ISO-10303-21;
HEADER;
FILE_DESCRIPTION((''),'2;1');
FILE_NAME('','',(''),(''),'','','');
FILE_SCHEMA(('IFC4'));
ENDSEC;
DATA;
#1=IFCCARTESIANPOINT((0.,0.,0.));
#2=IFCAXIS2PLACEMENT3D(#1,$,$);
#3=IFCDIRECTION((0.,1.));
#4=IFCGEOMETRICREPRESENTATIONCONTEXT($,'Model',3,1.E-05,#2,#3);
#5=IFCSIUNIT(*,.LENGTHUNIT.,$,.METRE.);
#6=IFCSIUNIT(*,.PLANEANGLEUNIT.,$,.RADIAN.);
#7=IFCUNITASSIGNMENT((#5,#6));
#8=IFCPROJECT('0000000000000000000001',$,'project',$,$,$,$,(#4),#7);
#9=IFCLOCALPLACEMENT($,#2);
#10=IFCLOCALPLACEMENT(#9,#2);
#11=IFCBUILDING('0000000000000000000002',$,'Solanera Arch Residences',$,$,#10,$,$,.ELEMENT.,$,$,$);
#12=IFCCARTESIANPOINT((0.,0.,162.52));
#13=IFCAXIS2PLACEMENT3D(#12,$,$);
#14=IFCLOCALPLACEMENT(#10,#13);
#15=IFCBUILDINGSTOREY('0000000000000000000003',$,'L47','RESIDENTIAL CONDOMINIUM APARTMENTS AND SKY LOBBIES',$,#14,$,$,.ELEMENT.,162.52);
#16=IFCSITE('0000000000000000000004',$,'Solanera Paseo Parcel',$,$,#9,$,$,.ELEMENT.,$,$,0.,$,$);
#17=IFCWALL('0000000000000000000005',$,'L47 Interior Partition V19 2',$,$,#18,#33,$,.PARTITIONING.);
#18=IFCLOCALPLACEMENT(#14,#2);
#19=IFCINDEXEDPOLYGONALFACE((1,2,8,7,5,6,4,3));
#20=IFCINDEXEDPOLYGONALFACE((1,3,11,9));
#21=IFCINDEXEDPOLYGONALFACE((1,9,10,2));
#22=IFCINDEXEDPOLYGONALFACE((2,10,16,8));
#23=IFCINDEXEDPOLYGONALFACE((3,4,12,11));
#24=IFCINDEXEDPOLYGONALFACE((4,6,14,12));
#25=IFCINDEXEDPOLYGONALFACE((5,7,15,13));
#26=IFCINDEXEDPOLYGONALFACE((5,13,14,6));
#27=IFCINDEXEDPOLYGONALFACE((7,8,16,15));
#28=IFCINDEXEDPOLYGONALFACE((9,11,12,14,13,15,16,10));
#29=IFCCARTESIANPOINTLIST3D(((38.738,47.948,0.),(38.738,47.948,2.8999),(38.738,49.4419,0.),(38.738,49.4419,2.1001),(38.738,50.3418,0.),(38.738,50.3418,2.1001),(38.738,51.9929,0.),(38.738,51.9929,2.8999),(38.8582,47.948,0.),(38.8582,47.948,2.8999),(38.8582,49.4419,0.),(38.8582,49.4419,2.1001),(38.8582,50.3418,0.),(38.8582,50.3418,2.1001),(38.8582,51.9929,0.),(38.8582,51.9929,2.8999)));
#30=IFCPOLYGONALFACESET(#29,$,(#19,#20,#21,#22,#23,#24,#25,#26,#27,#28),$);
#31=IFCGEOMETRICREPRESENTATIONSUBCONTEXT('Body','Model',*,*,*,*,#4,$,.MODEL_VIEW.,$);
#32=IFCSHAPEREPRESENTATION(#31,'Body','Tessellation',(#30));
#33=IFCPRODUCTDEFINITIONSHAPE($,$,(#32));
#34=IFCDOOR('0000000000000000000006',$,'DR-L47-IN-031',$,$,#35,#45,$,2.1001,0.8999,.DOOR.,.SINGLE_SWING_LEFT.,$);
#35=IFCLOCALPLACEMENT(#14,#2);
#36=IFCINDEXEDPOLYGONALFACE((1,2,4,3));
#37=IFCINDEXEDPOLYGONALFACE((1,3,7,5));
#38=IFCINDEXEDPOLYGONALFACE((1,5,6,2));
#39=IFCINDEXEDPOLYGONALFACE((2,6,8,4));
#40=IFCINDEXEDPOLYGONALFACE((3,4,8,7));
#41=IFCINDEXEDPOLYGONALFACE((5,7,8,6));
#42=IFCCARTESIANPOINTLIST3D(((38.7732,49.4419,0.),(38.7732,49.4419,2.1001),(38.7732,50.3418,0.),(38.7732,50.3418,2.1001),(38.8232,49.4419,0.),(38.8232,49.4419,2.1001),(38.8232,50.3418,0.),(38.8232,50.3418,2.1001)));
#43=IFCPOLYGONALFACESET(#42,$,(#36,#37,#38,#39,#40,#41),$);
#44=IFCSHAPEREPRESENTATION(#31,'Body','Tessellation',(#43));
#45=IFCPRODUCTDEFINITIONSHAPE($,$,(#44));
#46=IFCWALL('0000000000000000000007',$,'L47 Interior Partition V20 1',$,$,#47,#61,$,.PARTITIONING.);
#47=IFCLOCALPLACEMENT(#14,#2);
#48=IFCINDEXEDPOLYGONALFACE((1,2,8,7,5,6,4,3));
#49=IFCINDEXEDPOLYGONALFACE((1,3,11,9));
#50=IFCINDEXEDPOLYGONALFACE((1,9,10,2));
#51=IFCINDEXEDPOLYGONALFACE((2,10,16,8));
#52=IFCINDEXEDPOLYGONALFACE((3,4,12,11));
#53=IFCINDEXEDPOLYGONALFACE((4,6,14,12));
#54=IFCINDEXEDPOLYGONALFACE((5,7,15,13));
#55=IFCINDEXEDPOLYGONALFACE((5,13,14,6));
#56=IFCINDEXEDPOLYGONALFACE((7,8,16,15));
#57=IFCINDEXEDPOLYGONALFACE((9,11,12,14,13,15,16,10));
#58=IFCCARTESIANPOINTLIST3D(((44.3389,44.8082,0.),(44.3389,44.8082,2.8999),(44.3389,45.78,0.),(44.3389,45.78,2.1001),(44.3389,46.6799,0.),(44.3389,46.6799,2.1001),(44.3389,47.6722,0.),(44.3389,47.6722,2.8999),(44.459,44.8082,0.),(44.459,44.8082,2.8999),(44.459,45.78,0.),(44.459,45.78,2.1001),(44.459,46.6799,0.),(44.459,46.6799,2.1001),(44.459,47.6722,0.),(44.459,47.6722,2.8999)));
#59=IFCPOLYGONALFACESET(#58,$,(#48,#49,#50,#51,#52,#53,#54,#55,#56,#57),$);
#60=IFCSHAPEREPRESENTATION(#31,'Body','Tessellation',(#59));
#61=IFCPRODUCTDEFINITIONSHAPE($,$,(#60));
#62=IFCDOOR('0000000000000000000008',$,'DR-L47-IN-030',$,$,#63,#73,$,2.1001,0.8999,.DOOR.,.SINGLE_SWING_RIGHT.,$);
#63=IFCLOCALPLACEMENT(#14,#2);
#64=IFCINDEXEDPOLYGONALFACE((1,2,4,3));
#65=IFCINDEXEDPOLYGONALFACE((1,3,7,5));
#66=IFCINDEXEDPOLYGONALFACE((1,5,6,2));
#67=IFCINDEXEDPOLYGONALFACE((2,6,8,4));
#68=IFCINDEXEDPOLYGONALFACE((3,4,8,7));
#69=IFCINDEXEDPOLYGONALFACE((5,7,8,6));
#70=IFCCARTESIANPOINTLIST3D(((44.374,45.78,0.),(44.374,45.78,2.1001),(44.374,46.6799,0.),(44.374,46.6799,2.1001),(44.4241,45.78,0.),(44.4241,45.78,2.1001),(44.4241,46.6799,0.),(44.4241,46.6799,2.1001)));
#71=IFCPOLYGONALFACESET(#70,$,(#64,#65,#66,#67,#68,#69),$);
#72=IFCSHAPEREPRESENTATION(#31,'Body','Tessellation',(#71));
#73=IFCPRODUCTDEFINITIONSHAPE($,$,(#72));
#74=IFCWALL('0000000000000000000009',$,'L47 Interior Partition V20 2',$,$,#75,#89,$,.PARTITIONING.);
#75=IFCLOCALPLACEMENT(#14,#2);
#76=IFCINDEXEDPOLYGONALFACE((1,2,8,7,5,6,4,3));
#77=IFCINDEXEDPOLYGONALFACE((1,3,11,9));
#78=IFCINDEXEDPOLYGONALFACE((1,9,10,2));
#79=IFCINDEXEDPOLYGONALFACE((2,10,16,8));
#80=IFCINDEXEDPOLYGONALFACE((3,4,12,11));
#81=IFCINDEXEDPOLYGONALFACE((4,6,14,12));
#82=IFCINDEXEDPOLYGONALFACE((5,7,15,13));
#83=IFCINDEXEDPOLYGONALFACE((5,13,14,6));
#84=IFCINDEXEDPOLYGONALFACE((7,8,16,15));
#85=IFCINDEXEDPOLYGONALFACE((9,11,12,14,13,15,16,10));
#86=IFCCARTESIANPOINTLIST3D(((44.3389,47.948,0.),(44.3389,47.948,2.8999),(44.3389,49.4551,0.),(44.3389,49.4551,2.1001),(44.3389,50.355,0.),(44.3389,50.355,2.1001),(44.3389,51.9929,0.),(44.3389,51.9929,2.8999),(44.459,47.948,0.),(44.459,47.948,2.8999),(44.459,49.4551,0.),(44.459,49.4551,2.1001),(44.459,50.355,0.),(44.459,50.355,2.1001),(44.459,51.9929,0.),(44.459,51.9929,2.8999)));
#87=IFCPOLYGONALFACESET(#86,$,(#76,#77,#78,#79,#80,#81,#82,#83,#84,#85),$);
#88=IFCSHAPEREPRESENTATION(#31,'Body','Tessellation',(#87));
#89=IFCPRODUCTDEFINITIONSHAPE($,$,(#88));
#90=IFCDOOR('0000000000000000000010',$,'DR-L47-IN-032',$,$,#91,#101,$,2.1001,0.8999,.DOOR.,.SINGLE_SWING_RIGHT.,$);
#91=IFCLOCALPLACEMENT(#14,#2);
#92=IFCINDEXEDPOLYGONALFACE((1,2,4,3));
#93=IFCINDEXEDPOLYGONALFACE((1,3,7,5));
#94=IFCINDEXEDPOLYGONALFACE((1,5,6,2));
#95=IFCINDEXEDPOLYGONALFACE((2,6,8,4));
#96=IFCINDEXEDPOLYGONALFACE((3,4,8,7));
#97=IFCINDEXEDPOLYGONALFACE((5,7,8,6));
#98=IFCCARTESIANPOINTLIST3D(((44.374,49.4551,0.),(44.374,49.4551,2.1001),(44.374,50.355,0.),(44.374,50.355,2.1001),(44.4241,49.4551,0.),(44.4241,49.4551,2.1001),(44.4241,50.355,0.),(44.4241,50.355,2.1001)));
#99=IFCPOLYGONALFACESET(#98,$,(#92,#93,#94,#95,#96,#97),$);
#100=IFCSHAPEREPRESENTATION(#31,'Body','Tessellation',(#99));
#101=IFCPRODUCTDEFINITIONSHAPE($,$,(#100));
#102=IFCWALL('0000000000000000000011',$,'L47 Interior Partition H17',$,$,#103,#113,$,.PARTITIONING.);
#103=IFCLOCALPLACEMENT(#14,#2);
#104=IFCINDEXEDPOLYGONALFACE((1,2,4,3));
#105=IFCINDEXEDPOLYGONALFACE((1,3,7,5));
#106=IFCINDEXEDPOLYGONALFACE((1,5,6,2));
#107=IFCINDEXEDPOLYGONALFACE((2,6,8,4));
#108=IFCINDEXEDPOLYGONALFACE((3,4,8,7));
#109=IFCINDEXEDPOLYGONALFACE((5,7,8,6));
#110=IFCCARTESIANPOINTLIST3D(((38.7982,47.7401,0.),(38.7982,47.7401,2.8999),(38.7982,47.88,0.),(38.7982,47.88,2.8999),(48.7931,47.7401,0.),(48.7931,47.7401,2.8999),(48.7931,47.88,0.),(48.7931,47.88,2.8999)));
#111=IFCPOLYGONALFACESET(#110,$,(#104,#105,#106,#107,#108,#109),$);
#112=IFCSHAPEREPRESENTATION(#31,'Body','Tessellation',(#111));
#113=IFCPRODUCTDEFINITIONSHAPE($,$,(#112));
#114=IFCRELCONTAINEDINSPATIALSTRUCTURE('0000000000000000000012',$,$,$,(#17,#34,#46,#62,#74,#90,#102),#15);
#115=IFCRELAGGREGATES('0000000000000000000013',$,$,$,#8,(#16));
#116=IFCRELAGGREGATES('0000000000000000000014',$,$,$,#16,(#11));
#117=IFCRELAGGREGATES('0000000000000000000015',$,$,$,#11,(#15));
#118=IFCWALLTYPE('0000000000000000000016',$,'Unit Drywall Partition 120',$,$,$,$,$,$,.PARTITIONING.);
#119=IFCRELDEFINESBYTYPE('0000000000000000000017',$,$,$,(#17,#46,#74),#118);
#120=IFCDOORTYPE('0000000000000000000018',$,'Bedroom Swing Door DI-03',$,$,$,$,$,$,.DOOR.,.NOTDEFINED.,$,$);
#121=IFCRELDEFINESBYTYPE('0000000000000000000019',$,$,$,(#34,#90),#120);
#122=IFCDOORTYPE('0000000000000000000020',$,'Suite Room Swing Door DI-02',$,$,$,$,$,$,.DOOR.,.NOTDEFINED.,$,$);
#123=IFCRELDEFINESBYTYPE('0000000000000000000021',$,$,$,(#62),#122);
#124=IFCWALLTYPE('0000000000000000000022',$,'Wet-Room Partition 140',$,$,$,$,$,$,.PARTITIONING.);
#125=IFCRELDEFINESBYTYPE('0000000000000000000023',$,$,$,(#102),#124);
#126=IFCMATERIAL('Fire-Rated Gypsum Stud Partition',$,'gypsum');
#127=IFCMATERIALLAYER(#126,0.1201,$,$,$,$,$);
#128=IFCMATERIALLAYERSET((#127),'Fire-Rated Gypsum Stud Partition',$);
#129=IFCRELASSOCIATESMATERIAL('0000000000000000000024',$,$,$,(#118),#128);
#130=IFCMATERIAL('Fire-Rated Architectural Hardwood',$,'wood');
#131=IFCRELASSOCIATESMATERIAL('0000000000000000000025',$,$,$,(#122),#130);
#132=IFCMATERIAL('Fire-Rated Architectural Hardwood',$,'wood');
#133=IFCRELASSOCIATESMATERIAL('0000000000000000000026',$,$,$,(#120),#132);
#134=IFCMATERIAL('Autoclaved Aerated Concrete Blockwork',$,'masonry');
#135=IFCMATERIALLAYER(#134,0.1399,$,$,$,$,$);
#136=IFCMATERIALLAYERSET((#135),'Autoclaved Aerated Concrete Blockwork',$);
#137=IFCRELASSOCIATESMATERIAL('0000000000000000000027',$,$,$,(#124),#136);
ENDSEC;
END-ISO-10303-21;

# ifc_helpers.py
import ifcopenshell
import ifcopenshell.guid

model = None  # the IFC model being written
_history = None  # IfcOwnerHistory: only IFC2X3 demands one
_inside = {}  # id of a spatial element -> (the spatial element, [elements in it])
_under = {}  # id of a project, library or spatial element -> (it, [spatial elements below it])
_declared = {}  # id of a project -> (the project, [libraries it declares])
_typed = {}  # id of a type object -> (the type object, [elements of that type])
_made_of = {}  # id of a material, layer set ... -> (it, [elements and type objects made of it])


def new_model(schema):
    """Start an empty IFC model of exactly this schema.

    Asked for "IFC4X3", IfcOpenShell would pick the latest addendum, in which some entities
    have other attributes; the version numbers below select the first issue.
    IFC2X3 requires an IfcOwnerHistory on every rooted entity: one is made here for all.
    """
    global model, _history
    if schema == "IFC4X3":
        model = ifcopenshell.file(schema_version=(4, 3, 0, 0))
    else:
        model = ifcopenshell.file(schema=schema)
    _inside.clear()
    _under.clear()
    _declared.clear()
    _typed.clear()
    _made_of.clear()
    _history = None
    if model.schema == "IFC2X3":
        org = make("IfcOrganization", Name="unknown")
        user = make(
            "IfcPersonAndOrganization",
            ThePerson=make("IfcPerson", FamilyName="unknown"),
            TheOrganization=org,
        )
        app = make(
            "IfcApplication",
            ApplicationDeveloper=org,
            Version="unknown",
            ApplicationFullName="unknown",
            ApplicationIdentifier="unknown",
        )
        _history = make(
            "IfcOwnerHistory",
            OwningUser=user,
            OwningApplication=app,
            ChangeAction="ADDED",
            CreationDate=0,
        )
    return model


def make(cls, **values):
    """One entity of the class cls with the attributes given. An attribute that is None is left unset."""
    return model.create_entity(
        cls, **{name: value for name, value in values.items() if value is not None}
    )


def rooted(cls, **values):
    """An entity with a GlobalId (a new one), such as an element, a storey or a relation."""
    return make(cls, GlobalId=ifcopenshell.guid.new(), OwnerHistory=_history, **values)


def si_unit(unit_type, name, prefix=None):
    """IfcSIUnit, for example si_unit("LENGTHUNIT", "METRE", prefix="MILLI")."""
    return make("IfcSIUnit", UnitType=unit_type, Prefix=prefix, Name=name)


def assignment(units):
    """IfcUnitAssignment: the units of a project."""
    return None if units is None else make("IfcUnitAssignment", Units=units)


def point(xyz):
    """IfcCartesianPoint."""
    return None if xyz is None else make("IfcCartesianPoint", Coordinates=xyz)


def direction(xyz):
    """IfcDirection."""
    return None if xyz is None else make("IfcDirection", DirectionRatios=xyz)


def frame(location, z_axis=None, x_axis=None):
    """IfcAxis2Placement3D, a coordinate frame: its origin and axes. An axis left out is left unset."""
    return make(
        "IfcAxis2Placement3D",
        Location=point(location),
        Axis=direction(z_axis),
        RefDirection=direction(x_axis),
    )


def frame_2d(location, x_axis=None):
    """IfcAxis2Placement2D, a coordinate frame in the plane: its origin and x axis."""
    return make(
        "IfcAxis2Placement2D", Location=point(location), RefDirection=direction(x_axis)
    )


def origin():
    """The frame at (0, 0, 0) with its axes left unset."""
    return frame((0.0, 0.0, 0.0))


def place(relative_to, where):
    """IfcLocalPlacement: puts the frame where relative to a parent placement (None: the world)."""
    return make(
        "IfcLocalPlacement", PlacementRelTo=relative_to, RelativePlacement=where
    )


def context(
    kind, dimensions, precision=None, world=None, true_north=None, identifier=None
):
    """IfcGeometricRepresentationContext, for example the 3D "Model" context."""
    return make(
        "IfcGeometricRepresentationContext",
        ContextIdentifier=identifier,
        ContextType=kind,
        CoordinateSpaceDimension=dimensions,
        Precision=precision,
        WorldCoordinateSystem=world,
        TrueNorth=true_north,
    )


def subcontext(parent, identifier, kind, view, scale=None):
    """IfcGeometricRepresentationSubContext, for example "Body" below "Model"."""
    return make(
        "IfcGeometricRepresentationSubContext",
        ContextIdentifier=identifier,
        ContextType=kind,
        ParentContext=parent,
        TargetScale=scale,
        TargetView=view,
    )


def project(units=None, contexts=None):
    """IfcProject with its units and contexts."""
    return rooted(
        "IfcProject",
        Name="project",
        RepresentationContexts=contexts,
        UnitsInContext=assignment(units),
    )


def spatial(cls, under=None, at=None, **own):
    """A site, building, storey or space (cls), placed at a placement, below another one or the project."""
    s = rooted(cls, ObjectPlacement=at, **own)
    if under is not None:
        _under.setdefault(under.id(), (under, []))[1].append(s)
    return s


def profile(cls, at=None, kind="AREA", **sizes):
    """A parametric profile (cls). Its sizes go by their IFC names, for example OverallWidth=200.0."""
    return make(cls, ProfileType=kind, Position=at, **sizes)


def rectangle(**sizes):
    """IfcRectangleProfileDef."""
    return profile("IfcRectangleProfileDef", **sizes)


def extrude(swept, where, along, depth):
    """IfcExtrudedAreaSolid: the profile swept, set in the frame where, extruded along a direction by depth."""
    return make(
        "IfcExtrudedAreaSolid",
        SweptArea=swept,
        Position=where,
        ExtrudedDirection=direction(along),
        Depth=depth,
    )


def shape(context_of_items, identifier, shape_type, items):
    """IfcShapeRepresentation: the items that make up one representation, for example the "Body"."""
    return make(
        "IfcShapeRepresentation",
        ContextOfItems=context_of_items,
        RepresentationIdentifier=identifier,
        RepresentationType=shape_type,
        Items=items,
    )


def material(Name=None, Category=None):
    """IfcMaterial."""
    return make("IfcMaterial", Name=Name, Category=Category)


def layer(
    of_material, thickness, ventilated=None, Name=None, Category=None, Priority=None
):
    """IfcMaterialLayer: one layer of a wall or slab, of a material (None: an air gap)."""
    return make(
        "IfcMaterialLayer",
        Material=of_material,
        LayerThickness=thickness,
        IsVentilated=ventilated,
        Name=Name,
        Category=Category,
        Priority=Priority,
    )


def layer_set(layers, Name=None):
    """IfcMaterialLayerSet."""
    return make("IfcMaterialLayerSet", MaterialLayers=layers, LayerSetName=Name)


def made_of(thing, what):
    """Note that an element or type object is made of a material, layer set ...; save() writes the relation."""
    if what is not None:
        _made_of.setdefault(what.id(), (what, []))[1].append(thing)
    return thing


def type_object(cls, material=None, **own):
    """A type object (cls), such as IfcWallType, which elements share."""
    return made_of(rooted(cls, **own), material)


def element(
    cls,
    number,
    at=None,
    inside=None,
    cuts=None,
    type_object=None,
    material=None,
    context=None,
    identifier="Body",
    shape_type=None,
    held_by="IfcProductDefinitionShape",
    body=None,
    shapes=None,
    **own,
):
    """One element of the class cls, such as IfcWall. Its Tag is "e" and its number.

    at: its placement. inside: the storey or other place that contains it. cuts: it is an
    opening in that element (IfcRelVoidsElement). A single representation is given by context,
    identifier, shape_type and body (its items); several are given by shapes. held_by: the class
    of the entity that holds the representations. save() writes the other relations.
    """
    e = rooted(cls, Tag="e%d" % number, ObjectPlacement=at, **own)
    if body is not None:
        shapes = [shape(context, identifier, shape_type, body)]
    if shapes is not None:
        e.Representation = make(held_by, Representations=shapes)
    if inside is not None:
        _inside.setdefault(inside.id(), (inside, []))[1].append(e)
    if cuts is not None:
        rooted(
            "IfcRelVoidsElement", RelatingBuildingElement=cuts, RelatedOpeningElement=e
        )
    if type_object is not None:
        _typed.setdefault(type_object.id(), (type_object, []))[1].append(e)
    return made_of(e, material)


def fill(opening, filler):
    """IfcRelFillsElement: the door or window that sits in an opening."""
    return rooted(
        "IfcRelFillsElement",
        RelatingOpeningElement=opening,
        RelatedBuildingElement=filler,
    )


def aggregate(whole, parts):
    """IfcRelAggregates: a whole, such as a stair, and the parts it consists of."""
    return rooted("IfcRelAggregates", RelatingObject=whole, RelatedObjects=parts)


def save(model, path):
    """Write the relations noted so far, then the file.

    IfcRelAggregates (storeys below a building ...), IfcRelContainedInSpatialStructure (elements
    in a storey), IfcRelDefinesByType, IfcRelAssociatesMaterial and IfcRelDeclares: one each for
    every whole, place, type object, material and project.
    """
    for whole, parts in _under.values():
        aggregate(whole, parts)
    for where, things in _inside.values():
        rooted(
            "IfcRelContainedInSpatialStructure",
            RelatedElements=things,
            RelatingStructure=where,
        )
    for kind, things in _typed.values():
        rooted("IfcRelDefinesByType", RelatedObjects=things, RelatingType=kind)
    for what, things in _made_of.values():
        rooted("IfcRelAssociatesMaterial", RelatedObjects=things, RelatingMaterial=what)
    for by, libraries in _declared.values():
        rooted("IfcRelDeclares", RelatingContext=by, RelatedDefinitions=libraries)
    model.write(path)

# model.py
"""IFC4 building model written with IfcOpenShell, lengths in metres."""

from ifc_helpers import new_model, si_unit, direction, frame, frame_2d, origin, place, context, subcontext, project, spatial, rectangle, extrude, material, layer, layer_set, type_object, element, fill, save


model = new_model("IFC4")

# Units and contexts
model_context = context("Model", 3, precision=1e-05, world=origin(), true_north=direction((0.0, 1.0)))
body_context = subcontext(model_context, "Body", "Model", "MODEL_VIEW")
ifc_project = project(units=[si_unit("LENGTHUNIT", "METRE"), si_unit("PLANEANGLEUNIT", "RADIAN")], contexts=[model_context])

# Site, building, storey
site_placement = place(None, origin())
site = spatial("IfcSite", under=ifc_project, at=site_placement, Name="Solanera Paseo Parcel", CompositionType="ELEMENT", RefElevation=0.0)
building_placement = place(site_placement, origin())
building = spatial("IfcBuilding", under=site, at=building_placement, Name="Solanera Arch Residences", CompositionType="ELEMENT")
storey_placement = place(building_placement, frame((0.0, 0.0, 162.52)))
storey = spatial("IfcBuildingStorey", under=building, at=storey_placement, Name="L47", Description="RESIDENTIAL CONDOMINIUM APARTMENTS AND SKY LOBBIES", CompositionType="ELEMENT", Elevation=162.52)

# Shared definitions
ifc_material_1 = material(Name="Fire-Rated Gypsum Stud Partition", Category="gypsum")
ifc_layer_1 = layer(ifc_material_1, 0.1201)
ifc_layer_set_1 = layer_set([ifc_layer_1], Name="Fire-Rated Gypsum Stud Partition")
wall_type_1 = type_object("IfcWallType", Name="Unit Drywall Partition 120", PredefinedType="PARTITIONING", material=ifc_layer_set_1)

# Walls, openings, doors
ifc_material_2 = material(Name="Fire-Rated Architectural Hardwood", Category="wood")
door_type_1 = type_object("IfcDoorType", Name="Suite Room Swing Door DI-02", OperationType="NOTDEFINED", PredefinedType="DOOR", material=ifc_material_2)
wall_1_placement = place(storey_placement, frame((38.7981, 47.948, 0.0), z_axis=(0.0, 0.0, 1.0), x_axis=(0.0, 1.0, 0.0)))
wall_1 = element("IfcWall", 1, at=wall_1_placement, inside=storey, type_object=wall_type_1, Name="L47 Interior Partition V19 2", PredefinedType="PARTITIONING", context=body_context, shape_type="SweptSolid", body=[
    extrude(rectangle(XDim=4.0449, YDim=0.1201, at=frame_2d((2.0225, 0.0))), origin(), (0.0, 0.0, 1.0), 2.8999),
])
opening_1_placement = place(wall_1_placement, frame((1.4939, 0.0, 0.0)))
opening_1 = element("IfcOpeningElement", 2, at=opening_1_placement, cuts=wall_1, PredefinedType="OPENING", context=body_context, shape_type="SweptSolid", body=[
    extrude(rectangle(XDim=0.8999, YDim=2.1001, at=frame_2d((0.45, 1.05))), frame((0.0, 0.0701, 0.0), z_axis=(0.0, -1.0, 0.0), x_axis=(1.0, 0.0, 0.0)), (0.0, 0.0, 1.0), 0.1401),
])
ifc_material_3 = material(Name="Fire-Rated Architectural Hardwood", Category="wood")
door_type_2 = type_object("IfcDoorType", Name="Bedroom Swing Door DI-03", OperationType="NOTDEFINED", PredefinedType="DOOR", material=ifc_material_3)
door_1_placement = place(opening_1_placement, origin())
door_1 = element("IfcDoor", 3, at=door_1_placement, inside=storey, type_object=door_type_2, Name="DR-L47-IN-031", OperationType="SINGLE_SWING_LEFT", OverallHeight=2.1001, OverallWidth=0.8999, PredefinedType="DOOR", context=body_context, shape_type="SweptSolid", body=[
    extrude(rectangle(XDim=0.8999, YDim=2.1001, at=frame_2d((0.45, 1.05))), frame((0.0, 0.0249, 0.0), z_axis=(0.0, -1.0, 0.0), x_axis=(1.0, 0.0, 0.0)), (0.0, 0.0, 1.0), 0.05),
])
fill(opening_1, door_1)
wall_2_placement = place(storey_placement, frame((44.3989, 44.8081, 0.0), z_axis=(0.0, 0.0, 1.0), x_axis=(0.0, 1.0, 0.0)))
wall_2 = element("IfcWall", 4, at=wall_2_placement, inside=storey, type_object=wall_type_1, Name="L47 Interior Partition V20 1", PredefinedType="PARTITIONING", context=body_context, shape_type="SweptSolid", body=[
    extrude(rectangle(XDim=2.864, YDim=0.1201, at=frame_2d((1.4321, 0.0))), origin(), (0.0, 0.0, 1.0), 2.8999),
])
opening_2_placement = place(wall_2_placement, frame((0.9719, 0.0, 0.0)))
opening_2 = element("IfcOpeningElement", 5, at=opening_2_placement, cuts=wall_2, PredefinedType="OPENING", context=body_context, shape_type="SweptSolid", body=[
    extrude(rectangle(XDim=0.8999, YDim=2.1001, at=frame_2d((0.45, 1.05))), frame((0.0, 0.0701, 0.0), z_axis=(0.0, -1.0, 0.0), x_axis=(1.0, 0.0, 0.0)), (0.0, 0.0, 1.0), 0.1401),
])
door_2_placement = place(opening_2_placement, origin())
door_2 = element("IfcDoor", 6, at=door_2_placement, inside=storey, type_object=door_type_1, Name="DR-L47-IN-030", OperationType="SINGLE_SWING_RIGHT", OverallHeight=2.1001, OverallWidth=0.8999, PredefinedType="DOOR", context=body_context, shape_type="SweptSolid", body=[
    extrude(rectangle(XDim=0.8999, YDim=2.1001, at=frame_2d((0.45, 1.05))), frame((0.0, 0.0249, 0.0), z_axis=(0.0, -1.0, 0.0), x_axis=(1.0, 0.0, 0.0)), (0.0, 0.0, 1.0), 0.05),
])
fill(opening_2, door_2)
wall_3_placement = place(storey_placement, frame((44.3989, 47.948, 0.0), z_axis=(0.0, 0.0, 1.0), x_axis=(0.0, 1.0, 0.0)))
wall_3 = element("IfcWall", 7, at=wall_3_placement, inside=storey, type_object=wall_type_1, Name="L47 Interior Partition V20 2", PredefinedType="PARTITIONING", context=body_context, shape_type="SweptSolid", body=[
    extrude(rectangle(XDim=4.0449, YDim=0.1201, at=frame_2d((2.0225, 0.0))), origin(), (0.0, 0.0, 1.0), 2.8999),
])
opening_3_placement = place(wall_3_placement, frame((1.5071, 0.0, 0.0)))
opening_3 = element("IfcOpeningElement", 8, at=opening_3_placement, cuts=wall_3, PredefinedType="OPENING", context=body_context, shape_type="SweptSolid", body=[
    extrude(rectangle(XDim=0.8999, YDim=2.1001, at=frame_2d((0.45, 1.05))), frame((0.0, 0.0701, 0.0), z_axis=(0.0, -1.0, 0.0), x_axis=(1.0, 0.0, 0.0)), (0.0, 0.0, 1.0), 0.1401),
])
door_3_placement = place(opening_3_placement, origin())
door_3 = element("IfcDoor", 9, at=door_3_placement, inside=storey, type_object=door_type_2, Name="DR-L47-IN-032", OperationType="SINGLE_SWING_RIGHT", OverallHeight=2.1001, OverallWidth=0.8999, PredefinedType="DOOR", context=body_context, shape_type="SweptSolid", body=[
    extrude(rectangle(XDim=0.8999, YDim=2.1001, at=frame_2d((0.45, 1.05))), frame((0.0, 0.0249, 0.0), z_axis=(0.0, -1.0, 0.0), x_axis=(1.0, 0.0, 0.0)), (0.0, 0.0, 1.0), 0.05),
])
fill(opening_3, door_3)

# Wall
ifc_material_4 = material(Name="Autoclaved Aerated Concrete Blockwork", Category="masonry")
ifc_layer_2 = layer(ifc_material_4, 0.1399)
ifc_layer_set_2 = layer_set([ifc_layer_2], Name="Autoclaved Aerated Concrete Blockwork")
wall_type_2 = type_object("IfcWallType", Name="Wet-Room Partition 140", PredefinedType="PARTITIONING", material=ifc_layer_set_2)
wall_4_placement = place(storey_placement, frame((38.7981, 47.8101, 0.0), z_axis=(0.0, 0.0, 1.0), x_axis=(1.0, 0.0, 0.0)))
element("IfcWall", 10, at=wall_4_placement, inside=storey, type_object=wall_type_2, Name="L47 Interior Partition H17", PredefinedType="PARTITIONING", context=body_context, shape_type="SweptSolid", body=[
    extrude(rectangle(XDim=9.9949, YDim=0.1399, at=frame_2d((4.9976, 0.0))), origin(), (0.0, 0.0, 1.0), 2.8999),
])

save(model, "model.ifc")
